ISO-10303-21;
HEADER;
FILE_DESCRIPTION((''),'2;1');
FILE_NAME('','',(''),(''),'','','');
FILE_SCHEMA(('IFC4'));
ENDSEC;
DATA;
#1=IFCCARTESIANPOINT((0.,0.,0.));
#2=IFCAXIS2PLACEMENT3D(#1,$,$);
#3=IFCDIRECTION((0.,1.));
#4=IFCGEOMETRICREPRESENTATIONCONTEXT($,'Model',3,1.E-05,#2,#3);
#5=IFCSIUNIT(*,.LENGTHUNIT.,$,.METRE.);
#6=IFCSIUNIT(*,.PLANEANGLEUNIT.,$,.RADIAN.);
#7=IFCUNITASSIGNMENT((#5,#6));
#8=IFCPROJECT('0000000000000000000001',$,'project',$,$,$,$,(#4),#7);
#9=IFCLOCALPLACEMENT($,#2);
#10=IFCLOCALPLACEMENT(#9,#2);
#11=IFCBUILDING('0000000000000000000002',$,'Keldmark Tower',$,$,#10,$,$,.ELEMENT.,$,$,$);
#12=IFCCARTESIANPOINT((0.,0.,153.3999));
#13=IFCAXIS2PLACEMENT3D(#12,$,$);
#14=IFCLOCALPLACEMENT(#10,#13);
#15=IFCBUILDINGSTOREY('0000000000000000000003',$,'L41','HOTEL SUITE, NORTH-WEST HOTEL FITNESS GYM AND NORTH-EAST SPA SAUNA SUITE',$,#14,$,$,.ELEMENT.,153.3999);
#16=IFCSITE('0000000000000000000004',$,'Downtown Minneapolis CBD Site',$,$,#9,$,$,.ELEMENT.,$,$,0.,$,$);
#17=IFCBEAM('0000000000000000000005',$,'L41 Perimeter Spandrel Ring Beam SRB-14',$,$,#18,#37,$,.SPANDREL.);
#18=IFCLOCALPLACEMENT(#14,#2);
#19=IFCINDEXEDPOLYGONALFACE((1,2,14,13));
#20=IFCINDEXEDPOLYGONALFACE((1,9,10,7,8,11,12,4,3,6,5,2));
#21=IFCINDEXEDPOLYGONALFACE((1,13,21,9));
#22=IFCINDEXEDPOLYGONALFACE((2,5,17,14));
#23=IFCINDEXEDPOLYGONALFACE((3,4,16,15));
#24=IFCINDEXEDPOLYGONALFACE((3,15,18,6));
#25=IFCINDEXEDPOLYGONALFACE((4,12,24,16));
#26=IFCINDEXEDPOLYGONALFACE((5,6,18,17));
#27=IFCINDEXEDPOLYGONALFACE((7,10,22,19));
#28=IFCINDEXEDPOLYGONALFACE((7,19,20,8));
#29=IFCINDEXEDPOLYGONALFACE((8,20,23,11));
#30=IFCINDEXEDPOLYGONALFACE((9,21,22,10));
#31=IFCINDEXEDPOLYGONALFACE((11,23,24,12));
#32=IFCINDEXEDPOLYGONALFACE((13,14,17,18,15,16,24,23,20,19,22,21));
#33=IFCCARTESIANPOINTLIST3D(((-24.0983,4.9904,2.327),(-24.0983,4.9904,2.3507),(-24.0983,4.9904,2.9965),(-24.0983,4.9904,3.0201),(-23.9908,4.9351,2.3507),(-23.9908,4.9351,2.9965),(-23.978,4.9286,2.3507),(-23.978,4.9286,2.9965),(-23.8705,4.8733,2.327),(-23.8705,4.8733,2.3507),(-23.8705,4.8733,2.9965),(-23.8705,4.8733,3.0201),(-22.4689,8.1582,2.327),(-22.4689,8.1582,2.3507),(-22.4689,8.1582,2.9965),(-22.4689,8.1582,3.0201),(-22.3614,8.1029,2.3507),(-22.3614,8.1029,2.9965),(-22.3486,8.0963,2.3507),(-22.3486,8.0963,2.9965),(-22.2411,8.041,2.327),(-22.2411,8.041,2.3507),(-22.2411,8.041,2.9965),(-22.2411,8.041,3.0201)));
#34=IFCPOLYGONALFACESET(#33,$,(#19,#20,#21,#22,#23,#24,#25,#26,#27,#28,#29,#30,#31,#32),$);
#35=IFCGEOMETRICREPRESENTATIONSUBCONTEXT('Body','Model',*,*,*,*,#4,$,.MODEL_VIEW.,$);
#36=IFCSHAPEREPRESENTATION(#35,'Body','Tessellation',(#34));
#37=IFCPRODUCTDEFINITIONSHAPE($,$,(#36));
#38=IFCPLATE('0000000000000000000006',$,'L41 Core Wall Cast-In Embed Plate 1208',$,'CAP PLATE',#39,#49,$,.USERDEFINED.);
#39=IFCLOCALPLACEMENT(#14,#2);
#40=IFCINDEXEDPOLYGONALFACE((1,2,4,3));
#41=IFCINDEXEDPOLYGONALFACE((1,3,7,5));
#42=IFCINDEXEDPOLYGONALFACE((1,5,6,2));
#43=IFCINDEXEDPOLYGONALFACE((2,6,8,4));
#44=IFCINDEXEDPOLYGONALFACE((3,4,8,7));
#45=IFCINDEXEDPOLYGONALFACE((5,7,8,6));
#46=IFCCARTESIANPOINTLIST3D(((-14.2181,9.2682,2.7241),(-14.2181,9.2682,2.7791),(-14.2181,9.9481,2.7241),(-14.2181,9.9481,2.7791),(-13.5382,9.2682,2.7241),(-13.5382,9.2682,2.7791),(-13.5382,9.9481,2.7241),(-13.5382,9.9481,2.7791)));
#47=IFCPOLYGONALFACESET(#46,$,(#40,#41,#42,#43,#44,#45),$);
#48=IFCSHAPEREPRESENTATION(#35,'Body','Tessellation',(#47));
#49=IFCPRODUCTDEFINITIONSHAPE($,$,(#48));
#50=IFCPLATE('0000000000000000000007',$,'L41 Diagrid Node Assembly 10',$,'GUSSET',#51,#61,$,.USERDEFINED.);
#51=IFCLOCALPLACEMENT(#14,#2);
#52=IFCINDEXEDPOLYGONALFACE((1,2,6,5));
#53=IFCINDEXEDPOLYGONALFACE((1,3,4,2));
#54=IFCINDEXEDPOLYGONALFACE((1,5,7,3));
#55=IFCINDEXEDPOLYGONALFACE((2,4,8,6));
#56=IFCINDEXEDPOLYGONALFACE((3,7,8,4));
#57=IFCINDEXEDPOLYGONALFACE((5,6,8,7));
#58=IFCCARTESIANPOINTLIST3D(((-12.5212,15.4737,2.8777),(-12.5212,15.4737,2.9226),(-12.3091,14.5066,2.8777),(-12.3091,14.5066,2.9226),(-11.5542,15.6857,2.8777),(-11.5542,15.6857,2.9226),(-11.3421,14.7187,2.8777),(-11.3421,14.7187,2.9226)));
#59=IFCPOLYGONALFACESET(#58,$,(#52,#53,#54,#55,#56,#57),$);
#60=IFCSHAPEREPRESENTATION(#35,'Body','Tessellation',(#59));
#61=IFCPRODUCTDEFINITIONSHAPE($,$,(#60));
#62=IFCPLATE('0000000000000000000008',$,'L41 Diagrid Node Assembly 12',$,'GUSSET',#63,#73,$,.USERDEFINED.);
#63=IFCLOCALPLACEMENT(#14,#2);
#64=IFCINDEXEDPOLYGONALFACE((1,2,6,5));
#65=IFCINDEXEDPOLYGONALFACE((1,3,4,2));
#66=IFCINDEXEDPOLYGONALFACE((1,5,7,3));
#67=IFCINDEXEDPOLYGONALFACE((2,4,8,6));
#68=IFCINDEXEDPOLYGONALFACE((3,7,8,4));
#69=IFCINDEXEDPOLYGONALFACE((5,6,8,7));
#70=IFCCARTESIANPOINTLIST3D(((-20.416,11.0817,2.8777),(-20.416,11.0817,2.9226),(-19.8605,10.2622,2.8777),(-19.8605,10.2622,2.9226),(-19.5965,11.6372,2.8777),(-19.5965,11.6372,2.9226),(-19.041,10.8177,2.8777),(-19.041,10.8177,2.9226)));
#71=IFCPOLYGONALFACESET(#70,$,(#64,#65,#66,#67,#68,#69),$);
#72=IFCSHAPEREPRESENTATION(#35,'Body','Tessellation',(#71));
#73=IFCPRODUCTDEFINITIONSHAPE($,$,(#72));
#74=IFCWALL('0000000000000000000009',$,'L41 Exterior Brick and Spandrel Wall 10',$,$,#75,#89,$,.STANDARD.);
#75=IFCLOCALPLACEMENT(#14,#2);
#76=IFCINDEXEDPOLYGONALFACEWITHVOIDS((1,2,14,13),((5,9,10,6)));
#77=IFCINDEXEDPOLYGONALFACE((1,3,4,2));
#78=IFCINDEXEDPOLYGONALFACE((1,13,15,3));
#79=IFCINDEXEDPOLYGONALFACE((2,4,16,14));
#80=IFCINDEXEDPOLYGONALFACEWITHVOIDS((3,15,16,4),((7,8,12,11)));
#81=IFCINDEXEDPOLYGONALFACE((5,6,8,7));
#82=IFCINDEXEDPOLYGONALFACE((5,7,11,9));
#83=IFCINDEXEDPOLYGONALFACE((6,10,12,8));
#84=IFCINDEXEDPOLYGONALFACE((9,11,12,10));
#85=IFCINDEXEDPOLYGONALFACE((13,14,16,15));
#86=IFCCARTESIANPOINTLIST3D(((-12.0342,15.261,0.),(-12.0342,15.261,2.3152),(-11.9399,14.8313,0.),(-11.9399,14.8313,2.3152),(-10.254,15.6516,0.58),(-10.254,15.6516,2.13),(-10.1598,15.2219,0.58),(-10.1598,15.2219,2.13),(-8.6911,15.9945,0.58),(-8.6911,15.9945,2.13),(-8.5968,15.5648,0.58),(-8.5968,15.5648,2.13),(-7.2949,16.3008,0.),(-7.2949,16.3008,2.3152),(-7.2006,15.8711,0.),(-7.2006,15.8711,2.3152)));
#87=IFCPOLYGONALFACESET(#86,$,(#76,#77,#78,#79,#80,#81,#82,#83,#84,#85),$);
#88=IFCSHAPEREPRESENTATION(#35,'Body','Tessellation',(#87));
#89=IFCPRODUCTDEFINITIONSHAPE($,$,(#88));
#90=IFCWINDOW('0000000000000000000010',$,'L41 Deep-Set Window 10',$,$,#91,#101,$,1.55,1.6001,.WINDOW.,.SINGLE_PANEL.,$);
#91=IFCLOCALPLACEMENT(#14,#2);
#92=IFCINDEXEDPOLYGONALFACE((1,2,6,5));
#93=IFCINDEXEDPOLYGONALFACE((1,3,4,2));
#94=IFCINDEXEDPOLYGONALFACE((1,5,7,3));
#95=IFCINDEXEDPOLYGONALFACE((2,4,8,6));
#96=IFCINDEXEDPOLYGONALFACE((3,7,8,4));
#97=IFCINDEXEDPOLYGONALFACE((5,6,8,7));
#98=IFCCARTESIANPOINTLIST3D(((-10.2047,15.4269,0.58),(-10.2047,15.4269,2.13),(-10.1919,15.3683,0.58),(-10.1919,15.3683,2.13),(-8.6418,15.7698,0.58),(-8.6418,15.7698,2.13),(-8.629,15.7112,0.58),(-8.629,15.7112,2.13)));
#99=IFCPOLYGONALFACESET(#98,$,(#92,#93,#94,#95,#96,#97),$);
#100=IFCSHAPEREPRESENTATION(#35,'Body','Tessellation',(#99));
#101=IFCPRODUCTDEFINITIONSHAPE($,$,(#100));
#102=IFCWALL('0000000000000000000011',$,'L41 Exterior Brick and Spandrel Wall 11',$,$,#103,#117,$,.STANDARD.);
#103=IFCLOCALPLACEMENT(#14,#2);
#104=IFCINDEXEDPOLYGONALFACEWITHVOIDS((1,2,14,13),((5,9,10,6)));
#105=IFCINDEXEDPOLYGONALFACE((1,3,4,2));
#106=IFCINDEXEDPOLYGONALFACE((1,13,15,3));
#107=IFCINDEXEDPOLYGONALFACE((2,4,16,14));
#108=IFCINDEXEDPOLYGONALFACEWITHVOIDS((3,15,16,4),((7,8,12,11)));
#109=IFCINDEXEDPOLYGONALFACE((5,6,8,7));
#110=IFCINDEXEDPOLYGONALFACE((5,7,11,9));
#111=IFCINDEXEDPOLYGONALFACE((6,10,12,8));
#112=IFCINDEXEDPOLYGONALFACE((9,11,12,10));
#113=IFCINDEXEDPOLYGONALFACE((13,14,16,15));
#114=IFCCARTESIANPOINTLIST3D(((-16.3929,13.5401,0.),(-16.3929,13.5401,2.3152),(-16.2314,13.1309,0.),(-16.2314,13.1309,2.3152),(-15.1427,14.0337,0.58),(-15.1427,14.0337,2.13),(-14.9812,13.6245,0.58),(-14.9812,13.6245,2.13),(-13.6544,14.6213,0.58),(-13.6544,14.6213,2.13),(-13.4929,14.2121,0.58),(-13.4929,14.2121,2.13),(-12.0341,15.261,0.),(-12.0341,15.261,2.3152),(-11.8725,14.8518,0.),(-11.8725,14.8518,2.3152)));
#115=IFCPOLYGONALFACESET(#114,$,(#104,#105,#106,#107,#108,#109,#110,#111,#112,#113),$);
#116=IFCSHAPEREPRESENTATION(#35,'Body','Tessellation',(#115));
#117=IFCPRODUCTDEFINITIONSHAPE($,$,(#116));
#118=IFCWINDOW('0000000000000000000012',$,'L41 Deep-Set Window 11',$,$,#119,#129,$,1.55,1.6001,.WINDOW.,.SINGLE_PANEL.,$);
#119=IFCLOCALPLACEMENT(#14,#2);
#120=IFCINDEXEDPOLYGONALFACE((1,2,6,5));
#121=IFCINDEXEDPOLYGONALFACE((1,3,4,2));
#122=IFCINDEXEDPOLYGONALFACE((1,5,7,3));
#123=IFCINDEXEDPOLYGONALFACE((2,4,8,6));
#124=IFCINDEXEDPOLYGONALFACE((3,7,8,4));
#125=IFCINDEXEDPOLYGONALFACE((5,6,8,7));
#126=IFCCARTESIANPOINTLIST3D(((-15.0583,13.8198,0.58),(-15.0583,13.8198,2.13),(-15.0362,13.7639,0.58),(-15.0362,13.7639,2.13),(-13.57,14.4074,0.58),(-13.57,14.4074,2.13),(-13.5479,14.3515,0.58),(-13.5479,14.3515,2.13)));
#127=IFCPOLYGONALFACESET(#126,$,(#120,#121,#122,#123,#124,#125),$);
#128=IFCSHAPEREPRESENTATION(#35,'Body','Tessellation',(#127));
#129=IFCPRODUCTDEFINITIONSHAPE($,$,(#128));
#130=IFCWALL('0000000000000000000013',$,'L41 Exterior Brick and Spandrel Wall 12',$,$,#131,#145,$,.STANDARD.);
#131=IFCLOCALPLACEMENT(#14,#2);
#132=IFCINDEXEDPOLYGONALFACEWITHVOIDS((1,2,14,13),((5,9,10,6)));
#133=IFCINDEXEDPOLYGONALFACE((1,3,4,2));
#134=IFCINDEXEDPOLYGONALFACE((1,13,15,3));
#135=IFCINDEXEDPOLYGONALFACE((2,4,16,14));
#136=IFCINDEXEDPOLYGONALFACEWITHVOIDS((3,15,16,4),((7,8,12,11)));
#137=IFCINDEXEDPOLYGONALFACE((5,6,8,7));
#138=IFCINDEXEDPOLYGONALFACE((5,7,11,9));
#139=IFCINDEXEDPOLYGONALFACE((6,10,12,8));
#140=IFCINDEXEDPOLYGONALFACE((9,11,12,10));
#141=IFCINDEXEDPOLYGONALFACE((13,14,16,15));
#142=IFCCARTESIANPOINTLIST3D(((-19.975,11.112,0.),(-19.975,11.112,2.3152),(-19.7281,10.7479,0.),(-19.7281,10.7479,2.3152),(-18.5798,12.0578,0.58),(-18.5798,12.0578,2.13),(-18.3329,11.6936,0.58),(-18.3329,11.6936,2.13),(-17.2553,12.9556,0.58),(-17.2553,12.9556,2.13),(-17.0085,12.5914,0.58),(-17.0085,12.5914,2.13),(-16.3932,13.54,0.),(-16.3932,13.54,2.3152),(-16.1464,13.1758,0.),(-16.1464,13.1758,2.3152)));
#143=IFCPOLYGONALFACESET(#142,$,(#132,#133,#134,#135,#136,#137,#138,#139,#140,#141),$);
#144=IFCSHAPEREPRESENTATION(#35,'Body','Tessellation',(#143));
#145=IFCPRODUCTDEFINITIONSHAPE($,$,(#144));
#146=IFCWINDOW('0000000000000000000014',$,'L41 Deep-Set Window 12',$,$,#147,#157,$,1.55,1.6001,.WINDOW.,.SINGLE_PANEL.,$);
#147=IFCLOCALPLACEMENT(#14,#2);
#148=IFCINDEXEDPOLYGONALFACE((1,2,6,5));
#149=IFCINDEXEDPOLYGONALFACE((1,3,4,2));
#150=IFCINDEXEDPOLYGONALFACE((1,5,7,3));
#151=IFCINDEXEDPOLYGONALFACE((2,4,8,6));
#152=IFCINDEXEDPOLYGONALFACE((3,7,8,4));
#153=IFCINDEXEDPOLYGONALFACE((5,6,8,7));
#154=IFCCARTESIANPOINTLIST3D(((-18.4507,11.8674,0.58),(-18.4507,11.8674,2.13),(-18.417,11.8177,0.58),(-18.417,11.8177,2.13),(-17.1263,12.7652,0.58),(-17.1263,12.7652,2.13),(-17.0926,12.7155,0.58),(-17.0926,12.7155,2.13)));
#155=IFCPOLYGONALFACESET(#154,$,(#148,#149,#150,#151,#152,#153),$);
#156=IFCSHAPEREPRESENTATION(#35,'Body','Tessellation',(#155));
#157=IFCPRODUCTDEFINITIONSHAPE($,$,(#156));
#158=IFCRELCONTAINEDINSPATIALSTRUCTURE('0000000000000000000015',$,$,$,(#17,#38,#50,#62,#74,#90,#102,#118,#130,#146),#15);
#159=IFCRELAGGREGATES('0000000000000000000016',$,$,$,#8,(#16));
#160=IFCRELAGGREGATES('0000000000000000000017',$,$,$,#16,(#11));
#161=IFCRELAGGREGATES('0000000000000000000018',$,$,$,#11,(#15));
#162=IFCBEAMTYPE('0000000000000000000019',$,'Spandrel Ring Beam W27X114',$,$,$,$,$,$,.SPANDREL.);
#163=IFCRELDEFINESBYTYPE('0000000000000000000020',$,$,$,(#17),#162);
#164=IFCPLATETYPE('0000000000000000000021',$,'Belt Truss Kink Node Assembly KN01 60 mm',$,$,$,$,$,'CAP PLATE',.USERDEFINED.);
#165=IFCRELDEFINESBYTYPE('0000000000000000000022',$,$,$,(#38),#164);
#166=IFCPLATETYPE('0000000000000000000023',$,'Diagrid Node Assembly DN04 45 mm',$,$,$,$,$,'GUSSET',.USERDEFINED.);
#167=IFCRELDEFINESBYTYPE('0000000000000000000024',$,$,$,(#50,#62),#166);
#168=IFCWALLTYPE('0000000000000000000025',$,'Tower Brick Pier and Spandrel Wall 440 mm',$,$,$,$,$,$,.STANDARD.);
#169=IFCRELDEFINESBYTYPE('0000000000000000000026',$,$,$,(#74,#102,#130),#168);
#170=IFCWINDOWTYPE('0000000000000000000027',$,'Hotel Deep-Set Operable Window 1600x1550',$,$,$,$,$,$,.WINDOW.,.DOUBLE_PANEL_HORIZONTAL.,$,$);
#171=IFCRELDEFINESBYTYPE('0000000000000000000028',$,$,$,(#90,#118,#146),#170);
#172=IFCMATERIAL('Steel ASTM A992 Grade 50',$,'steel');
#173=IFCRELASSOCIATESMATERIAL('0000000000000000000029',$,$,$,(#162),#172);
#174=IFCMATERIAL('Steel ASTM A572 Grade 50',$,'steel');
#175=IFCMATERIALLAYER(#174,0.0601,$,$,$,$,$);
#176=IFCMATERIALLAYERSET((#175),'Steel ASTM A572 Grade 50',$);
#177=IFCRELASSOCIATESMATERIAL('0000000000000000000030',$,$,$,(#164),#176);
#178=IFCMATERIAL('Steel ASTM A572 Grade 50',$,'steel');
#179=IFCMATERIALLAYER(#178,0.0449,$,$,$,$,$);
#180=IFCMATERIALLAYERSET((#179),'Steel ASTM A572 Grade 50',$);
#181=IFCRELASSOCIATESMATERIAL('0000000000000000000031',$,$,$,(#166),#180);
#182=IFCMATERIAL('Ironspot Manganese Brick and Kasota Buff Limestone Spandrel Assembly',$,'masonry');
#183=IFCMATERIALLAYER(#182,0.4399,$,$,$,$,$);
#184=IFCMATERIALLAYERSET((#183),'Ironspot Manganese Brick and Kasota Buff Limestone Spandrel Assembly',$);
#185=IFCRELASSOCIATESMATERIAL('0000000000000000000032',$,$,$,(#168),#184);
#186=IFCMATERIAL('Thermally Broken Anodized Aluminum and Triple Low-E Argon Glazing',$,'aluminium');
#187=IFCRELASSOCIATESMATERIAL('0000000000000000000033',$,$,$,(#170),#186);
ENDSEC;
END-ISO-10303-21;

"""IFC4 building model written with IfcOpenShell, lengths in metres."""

from ifc_helpers import new_model, si_unit, direction, frame, frame_2d, origin, origin_2d, place, context, subcontext, project, spatial, rectangle, i_section, extrude, material, layer, layer_set, material_profile, profile_set, type_object, element, fill, save


model = new_model("IFC4")

# Units and contexts
model_context = context("Model", 3, precision=1e-05, world=origin(), true_north=direction((0.0, 1.0)))
body_context = subcontext(model_context, "Body", "Model", "MODEL_VIEW")
ifc_project = project(units=[si_unit("LENGTHUNIT", "METRE"), si_unit("PLANEANGLEUNIT", "RADIAN")], contexts=[model_context])

# Site, building, storey
site_placement = place(None, origin())
site = spatial("IfcSite", under=ifc_project, at=site_placement, Name="Downtown Minneapolis CBD Site", CompositionType="ELEMENT", RefElevation=0.0)
building_placement = place(site_placement, origin())
building = spatial("IfcBuilding", under=site, at=building_placement, Name="Keldmark Tower", CompositionType="ELEMENT")
storey_placement = place(building_placement, frame((0.0, 0.0, 153.3999)))
storey = spatial("IfcBuildingStorey", under=building, at=storey_placement, Name="L41", Description="HOTEL SUITE, NORTH-WEST HOTEL FITNESS GYM AND NORTH-EAST SPA SAUNA SUITE", CompositionType="ELEMENT", Elevation=153.3999)

# Beam
ifc_material_1 = material(Name="Steel ASTM A992 Grade 50", Category="steel")
ifc_material_profile_1 = material_profile(ifc_material_1, i_section(OverallWidth=0.2561, OverallDepth=0.6931, WebThickness=0.0144, FlangeThickness=0.0237, at=origin_2d()), Name="W27X114")
ifc_profile_set_1 = profile_set([ifc_material_profile_1], Name="Steel ASTM A992 Grade 50")
beam_type_1 = type_object("IfcBeamType", Name="Spandrel Ring Beam W27X114", PredefinedType="SPANDREL", material=ifc_profile_set_1)
beam_1_placement = place(storey_placement, frame((-22.355, 8.0996, 2.6736), z_axis=(-0.45741, -0.889256, 0.0), x_axis=(0.889256, -0.45741, 0.0)))
element("IfcBeam", 1, at=beam_1_placement, inside=storey, type_object=beam_type_1, Name="L41 Perimeter Spandrel Ring Beam SRB-14", PredefinedType="SPANDREL", context=body_context, shape_type="SweptSolid", body=[
    extrude(i_section(OverallWidth=0.2561, OverallDepth=0.6931, WebThickness=0.0144, FlangeThickness=0.0237, at=origin_2d()), origin(), (0.0, 0.0, 1.0), 3.5623),
])

# Plates
ifc_material_2 = material(Name="Steel ASTM A572 Grade 50", Category="steel")
ifc_layer_1 = layer(ifc_material_2, 0.0601)
ifc_layer_set_1 = layer_set([ifc_layer_1], Name="Steel ASTM A572 Grade 50")
plate_type_1 = type_object("IfcPlateType", Name="Belt Truss Kink Node Assembly KN01 60 mm", ElementType="CAP PLATE", PredefinedType="USERDEFINED", material=ifc_layer_set_1)
plate_placement = place(storey_placement, frame((-13.8782, 9.6082, 2.7241), z_axis=(0.0, 0.0, 1.0), x_axis=(1.0, 0.0, 0.0)))
element("IfcPlate", 2, at=plate_placement, inside=storey, type_object=plate_type_1, Name="L41 Core Wall Cast-In Embed Plate 1208", ObjectType="CAP PLATE", PredefinedType="USERDEFINED", context=body_context, shape_type="SweptSolid", body=[
    extrude(rectangle(XDim=0.6799, YDim=0.6799, at=origin_2d()), origin(), (0.0, 0.0, 1.0), 0.0549),
])
ifc_material_3 = material(Name="Steel ASTM A572 Grade 50", Category="steel")
ifc_layer_2 = layer(ifc_material_3, 0.0449)
ifc_layer_set_2 = layer_set([ifc_layer_2], Name="Steel ASTM A572 Grade 50")
plate_type_2 = type_object("IfcPlateType", Name="Diagrid Node Assembly DN04 45 mm", ElementType="GUSSET", PredefinedType="USERDEFINED", material=ifc_layer_set_2)
for number, where, z_axis, x_axis, name in (
    (3, (-11.9316, 15.0962, 2.8777), (0.0, 0.0, 1.0), (-0.976785, -0.214224, 0.0), "L41 Diagrid Node Assembly 10"),
    (4, (-19.7285, 10.9497, 2.8777), (0.0, 0.0, 1.0), (-0.827767, -0.561072, 0.0), "L41 Diagrid Node Assembly 12"),
):
    element("IfcPlate", number, at=place(storey_placement, frame(where, z_axis=z_axis, x_axis=x_axis)), inside=storey, type_object=plate_type_2, Name=name, ObjectType="GUSSET", PredefinedType="USERDEFINED", context=body_context, shape_type="SweptSolid", body=[
        extrude(rectangle(XDim=0.99, YDim=0.99, at=origin_2d()), origin(), (0.0, 0.0, 1.0), 0.0449),
    ])

# Walls, openings, windows
ifc_material_4 = material(Name="Ironspot Manganese Brick and Kasota Buff Limestone Spandrel Assembly", Category="masonry")
ifc_layer_3 = layer(ifc_material_4, 0.4399)
ifc_layer_set_3 = layer_set([ifc_layer_3], Name="Ironspot Manganese Brick and Kasota Buff Limestone Spandrel Assembly")
wall_type_1 = type_object("IfcWallType", Name="Tower Brick Pier and Spandrel Wall 440 mm", PredefinedType="STANDARD", material=ifc_layer_set_3)
wall_1_placement = place(storey_placement, frame((-11.9871, 15.0461, 0.0), z_axis=(0.0, 0.0, 1.0), x_axis=(0.976767, 0.214303, 0.0)))
wall_1 = element("IfcWall", 5, at=wall_1_placement, inside=storey, type_object=wall_type_1, Name="L41 Exterior Brick and Spandrel Wall 10", PredefinedType="STANDARD", context=body_context, shape_type="SweptSolid", body=[
    extrude(rectangle(XDim=4.8521, YDim=0.4399, at=frame_2d((2.426, 0.0))), origin(), (0.0, 0.0, 1.0), 2.3152),
])
opening_1_placement = place(wall_1_placement, frame((1.8225, 0.0, 0.5801)))
opening_1 = element("IfcOpeningElement", 6, at=opening_1_placement, cuts=wall_1, PredefinedType="OPENING", context=body_context, shape_type="SweptSolid", body=[
    extrude(rectangle(XDim=1.6001, YDim=1.55, at=frame_2d((0.8, 0.7749))), frame((0.0, 0.23, 0.0), z_axis=(0.0, -1.0, 0.0), x_axis=(1.0, 0.0, 0.0)), (0.0, 0.0, 1.0), 0.46),
])
ifc_material_5 = material(Name="Thermally Broken Anodized Aluminum and Triple Low-E Argon Glazing", Category="aluminium")
window_type = type_object("IfcWindowType", Name="Hotel Deep-Set Operable Window 1600x1550", PartitioningType="DOUBLE_PANEL_HORIZONTAL", PredefinedType="WINDOW", material=ifc_material_5)
window_1_placement = place(opening_1_placement, origin())
window_1 = element("IfcWindow", 7, at=window_1_placement, inside=storey, type_object=window_type, Name="L41 Deep-Set Window 10", OverallHeight=1.55, OverallWidth=1.6001, PartitioningType="SINGLE_PANEL", PredefinedType="WINDOW", context=body_context, shape_type="SweptSolid", body=[
    extrude(rectangle(XDim=1.6001, YDim=1.55, at=frame_2d((0.8, 0.7749))), frame((0.0, -0.01, 0.0), z_axis=(0.0, -1.0, 0.0), x_axis=(1.0, 0.0, 0.0)), (0.0, 0.0, 1.0), 0.0601),
])
fill(opening_1, window_1)
wall_2_placement = place(storey_placement, frame((-16.3123, 13.3354, 0.0), z_axis=(0.0, 0.0, 1.0), x_axis=(0.930131, 0.367228, 0.0)))
wall_2 = element("IfcWall", 8, at=wall_2_placement, inside=storey, type_object=wall_type_1, Name="L41 Exterior Brick and Spandrel Wall 11", PredefinedType="STANDARD", context=body_context, shape_type="SweptSolid", body=[
    extrude(rectangle(XDim=4.6863, YDim=0.4399, at=frame_2d((2.3433, 0.0))), origin(), (0.0, 0.0, 1.0), 2.3152),
])
opening_2_placement = place(wall_2_placement, frame((1.3442, 0.0, 0.5801)))
opening_2 = element("IfcOpeningElement", 9, at=opening_2_placement, cuts=wall_2, PredefinedType="OPENING", context=body_context, shape_type="SweptSolid", body=[
    extrude(rectangle(XDim=1.6001, YDim=1.55, at=frame_2d((0.8, 0.7749))), frame((0.0, 0.23, 0.0), z_axis=(0.0, -1.0, 0.0), x_axis=(1.0, 0.0, 0.0)), (0.0, 0.0, 1.0), 0.46),
])
window_2_placement = place(opening_2_placement, origin())
window_2 = element("IfcWindow", 10, at=window_2_placement, inside=storey, type_object=window_type, Name="L41 Deep-Set Window 11", OverallHeight=1.55, OverallWidth=1.6001, PartitioningType="SINGLE_PANEL", PredefinedType="WINDOW", context=body_context, shape_type="SweptSolid", body=[
    extrude(rectangle(XDim=1.6001, YDim=1.55, at=frame_2d((0.8, 0.7749))), frame((0.0, -0.01, 0.0), z_axis=(0.0, -1.0, 0.0), x_axis=(1.0, 0.0, 0.0)), (0.0, 0.0, 1.0), 0.0601),
])
fill(opening_2, window_2)
wall_3_placement = place(storey_placement, frame((-19.8516, 10.9299, 0.0), z_axis=(0.0, 0.0, 1.0), x_axis=(0.827746, 0.561103, 0.0)))
wall_3 = element("IfcWall", 11, at=wall_3_placement, inside=storey, type_object=wall_type_1, Name="L41 Exterior Brick and Spandrel Wall 12", PredefinedType="STANDARD", context=body_context, shape_type="SweptSolid", body=[
    extrude(rectangle(XDim=4.3271, YDim=0.4399, at=frame_2d((2.1636, 0.0))), origin(), (0.0, 0.0, 1.0), 2.3152),
])
opening_3_placement = place(wall_3_placement, frame((1.6855, 0.0, 0.5801)))
opening_3 = element("IfcOpeningElement", 12, at=opening_3_placement, cuts=wall_3, PredefinedType="OPENING", context=body_context, shape_type="SweptSolid", body=[
    extrude(rectangle(XDim=1.6001, YDim=1.55, at=frame_2d((0.8, 0.7749))), frame((0.0, 0.23, 0.0), z_axis=(0.0, -1.0, 0.0), x_axis=(1.0, 0.0, 0.0)), (0.0, 0.0, 1.0), 0.46),
])
window_3_placement = place(opening_3_placement, origin())
window_3 = element("IfcWindow", 13, at=window_3_placement, inside=storey, type_object=window_type, Name="L41 Deep-Set Window 12", OverallHeight=1.55, OverallWidth=1.6001, PartitioningType="SINGLE_PANEL", PredefinedType="WINDOW", context=body_context, shape_type="SweptSolid", body=[
    extrude(rectangle(XDim=1.6001, YDim=1.55, at=frame_2d((0.8, 0.7749))), frame((0.0, -0.01, 0.0), z_axis=(0.0, -1.0, 0.0), x_axis=(1.0, 0.0, 0.0)), (0.0, 0.0, 1.0), 0.0601),
])
fill(opening_3, window_3)

save(model, "model.ifc")
